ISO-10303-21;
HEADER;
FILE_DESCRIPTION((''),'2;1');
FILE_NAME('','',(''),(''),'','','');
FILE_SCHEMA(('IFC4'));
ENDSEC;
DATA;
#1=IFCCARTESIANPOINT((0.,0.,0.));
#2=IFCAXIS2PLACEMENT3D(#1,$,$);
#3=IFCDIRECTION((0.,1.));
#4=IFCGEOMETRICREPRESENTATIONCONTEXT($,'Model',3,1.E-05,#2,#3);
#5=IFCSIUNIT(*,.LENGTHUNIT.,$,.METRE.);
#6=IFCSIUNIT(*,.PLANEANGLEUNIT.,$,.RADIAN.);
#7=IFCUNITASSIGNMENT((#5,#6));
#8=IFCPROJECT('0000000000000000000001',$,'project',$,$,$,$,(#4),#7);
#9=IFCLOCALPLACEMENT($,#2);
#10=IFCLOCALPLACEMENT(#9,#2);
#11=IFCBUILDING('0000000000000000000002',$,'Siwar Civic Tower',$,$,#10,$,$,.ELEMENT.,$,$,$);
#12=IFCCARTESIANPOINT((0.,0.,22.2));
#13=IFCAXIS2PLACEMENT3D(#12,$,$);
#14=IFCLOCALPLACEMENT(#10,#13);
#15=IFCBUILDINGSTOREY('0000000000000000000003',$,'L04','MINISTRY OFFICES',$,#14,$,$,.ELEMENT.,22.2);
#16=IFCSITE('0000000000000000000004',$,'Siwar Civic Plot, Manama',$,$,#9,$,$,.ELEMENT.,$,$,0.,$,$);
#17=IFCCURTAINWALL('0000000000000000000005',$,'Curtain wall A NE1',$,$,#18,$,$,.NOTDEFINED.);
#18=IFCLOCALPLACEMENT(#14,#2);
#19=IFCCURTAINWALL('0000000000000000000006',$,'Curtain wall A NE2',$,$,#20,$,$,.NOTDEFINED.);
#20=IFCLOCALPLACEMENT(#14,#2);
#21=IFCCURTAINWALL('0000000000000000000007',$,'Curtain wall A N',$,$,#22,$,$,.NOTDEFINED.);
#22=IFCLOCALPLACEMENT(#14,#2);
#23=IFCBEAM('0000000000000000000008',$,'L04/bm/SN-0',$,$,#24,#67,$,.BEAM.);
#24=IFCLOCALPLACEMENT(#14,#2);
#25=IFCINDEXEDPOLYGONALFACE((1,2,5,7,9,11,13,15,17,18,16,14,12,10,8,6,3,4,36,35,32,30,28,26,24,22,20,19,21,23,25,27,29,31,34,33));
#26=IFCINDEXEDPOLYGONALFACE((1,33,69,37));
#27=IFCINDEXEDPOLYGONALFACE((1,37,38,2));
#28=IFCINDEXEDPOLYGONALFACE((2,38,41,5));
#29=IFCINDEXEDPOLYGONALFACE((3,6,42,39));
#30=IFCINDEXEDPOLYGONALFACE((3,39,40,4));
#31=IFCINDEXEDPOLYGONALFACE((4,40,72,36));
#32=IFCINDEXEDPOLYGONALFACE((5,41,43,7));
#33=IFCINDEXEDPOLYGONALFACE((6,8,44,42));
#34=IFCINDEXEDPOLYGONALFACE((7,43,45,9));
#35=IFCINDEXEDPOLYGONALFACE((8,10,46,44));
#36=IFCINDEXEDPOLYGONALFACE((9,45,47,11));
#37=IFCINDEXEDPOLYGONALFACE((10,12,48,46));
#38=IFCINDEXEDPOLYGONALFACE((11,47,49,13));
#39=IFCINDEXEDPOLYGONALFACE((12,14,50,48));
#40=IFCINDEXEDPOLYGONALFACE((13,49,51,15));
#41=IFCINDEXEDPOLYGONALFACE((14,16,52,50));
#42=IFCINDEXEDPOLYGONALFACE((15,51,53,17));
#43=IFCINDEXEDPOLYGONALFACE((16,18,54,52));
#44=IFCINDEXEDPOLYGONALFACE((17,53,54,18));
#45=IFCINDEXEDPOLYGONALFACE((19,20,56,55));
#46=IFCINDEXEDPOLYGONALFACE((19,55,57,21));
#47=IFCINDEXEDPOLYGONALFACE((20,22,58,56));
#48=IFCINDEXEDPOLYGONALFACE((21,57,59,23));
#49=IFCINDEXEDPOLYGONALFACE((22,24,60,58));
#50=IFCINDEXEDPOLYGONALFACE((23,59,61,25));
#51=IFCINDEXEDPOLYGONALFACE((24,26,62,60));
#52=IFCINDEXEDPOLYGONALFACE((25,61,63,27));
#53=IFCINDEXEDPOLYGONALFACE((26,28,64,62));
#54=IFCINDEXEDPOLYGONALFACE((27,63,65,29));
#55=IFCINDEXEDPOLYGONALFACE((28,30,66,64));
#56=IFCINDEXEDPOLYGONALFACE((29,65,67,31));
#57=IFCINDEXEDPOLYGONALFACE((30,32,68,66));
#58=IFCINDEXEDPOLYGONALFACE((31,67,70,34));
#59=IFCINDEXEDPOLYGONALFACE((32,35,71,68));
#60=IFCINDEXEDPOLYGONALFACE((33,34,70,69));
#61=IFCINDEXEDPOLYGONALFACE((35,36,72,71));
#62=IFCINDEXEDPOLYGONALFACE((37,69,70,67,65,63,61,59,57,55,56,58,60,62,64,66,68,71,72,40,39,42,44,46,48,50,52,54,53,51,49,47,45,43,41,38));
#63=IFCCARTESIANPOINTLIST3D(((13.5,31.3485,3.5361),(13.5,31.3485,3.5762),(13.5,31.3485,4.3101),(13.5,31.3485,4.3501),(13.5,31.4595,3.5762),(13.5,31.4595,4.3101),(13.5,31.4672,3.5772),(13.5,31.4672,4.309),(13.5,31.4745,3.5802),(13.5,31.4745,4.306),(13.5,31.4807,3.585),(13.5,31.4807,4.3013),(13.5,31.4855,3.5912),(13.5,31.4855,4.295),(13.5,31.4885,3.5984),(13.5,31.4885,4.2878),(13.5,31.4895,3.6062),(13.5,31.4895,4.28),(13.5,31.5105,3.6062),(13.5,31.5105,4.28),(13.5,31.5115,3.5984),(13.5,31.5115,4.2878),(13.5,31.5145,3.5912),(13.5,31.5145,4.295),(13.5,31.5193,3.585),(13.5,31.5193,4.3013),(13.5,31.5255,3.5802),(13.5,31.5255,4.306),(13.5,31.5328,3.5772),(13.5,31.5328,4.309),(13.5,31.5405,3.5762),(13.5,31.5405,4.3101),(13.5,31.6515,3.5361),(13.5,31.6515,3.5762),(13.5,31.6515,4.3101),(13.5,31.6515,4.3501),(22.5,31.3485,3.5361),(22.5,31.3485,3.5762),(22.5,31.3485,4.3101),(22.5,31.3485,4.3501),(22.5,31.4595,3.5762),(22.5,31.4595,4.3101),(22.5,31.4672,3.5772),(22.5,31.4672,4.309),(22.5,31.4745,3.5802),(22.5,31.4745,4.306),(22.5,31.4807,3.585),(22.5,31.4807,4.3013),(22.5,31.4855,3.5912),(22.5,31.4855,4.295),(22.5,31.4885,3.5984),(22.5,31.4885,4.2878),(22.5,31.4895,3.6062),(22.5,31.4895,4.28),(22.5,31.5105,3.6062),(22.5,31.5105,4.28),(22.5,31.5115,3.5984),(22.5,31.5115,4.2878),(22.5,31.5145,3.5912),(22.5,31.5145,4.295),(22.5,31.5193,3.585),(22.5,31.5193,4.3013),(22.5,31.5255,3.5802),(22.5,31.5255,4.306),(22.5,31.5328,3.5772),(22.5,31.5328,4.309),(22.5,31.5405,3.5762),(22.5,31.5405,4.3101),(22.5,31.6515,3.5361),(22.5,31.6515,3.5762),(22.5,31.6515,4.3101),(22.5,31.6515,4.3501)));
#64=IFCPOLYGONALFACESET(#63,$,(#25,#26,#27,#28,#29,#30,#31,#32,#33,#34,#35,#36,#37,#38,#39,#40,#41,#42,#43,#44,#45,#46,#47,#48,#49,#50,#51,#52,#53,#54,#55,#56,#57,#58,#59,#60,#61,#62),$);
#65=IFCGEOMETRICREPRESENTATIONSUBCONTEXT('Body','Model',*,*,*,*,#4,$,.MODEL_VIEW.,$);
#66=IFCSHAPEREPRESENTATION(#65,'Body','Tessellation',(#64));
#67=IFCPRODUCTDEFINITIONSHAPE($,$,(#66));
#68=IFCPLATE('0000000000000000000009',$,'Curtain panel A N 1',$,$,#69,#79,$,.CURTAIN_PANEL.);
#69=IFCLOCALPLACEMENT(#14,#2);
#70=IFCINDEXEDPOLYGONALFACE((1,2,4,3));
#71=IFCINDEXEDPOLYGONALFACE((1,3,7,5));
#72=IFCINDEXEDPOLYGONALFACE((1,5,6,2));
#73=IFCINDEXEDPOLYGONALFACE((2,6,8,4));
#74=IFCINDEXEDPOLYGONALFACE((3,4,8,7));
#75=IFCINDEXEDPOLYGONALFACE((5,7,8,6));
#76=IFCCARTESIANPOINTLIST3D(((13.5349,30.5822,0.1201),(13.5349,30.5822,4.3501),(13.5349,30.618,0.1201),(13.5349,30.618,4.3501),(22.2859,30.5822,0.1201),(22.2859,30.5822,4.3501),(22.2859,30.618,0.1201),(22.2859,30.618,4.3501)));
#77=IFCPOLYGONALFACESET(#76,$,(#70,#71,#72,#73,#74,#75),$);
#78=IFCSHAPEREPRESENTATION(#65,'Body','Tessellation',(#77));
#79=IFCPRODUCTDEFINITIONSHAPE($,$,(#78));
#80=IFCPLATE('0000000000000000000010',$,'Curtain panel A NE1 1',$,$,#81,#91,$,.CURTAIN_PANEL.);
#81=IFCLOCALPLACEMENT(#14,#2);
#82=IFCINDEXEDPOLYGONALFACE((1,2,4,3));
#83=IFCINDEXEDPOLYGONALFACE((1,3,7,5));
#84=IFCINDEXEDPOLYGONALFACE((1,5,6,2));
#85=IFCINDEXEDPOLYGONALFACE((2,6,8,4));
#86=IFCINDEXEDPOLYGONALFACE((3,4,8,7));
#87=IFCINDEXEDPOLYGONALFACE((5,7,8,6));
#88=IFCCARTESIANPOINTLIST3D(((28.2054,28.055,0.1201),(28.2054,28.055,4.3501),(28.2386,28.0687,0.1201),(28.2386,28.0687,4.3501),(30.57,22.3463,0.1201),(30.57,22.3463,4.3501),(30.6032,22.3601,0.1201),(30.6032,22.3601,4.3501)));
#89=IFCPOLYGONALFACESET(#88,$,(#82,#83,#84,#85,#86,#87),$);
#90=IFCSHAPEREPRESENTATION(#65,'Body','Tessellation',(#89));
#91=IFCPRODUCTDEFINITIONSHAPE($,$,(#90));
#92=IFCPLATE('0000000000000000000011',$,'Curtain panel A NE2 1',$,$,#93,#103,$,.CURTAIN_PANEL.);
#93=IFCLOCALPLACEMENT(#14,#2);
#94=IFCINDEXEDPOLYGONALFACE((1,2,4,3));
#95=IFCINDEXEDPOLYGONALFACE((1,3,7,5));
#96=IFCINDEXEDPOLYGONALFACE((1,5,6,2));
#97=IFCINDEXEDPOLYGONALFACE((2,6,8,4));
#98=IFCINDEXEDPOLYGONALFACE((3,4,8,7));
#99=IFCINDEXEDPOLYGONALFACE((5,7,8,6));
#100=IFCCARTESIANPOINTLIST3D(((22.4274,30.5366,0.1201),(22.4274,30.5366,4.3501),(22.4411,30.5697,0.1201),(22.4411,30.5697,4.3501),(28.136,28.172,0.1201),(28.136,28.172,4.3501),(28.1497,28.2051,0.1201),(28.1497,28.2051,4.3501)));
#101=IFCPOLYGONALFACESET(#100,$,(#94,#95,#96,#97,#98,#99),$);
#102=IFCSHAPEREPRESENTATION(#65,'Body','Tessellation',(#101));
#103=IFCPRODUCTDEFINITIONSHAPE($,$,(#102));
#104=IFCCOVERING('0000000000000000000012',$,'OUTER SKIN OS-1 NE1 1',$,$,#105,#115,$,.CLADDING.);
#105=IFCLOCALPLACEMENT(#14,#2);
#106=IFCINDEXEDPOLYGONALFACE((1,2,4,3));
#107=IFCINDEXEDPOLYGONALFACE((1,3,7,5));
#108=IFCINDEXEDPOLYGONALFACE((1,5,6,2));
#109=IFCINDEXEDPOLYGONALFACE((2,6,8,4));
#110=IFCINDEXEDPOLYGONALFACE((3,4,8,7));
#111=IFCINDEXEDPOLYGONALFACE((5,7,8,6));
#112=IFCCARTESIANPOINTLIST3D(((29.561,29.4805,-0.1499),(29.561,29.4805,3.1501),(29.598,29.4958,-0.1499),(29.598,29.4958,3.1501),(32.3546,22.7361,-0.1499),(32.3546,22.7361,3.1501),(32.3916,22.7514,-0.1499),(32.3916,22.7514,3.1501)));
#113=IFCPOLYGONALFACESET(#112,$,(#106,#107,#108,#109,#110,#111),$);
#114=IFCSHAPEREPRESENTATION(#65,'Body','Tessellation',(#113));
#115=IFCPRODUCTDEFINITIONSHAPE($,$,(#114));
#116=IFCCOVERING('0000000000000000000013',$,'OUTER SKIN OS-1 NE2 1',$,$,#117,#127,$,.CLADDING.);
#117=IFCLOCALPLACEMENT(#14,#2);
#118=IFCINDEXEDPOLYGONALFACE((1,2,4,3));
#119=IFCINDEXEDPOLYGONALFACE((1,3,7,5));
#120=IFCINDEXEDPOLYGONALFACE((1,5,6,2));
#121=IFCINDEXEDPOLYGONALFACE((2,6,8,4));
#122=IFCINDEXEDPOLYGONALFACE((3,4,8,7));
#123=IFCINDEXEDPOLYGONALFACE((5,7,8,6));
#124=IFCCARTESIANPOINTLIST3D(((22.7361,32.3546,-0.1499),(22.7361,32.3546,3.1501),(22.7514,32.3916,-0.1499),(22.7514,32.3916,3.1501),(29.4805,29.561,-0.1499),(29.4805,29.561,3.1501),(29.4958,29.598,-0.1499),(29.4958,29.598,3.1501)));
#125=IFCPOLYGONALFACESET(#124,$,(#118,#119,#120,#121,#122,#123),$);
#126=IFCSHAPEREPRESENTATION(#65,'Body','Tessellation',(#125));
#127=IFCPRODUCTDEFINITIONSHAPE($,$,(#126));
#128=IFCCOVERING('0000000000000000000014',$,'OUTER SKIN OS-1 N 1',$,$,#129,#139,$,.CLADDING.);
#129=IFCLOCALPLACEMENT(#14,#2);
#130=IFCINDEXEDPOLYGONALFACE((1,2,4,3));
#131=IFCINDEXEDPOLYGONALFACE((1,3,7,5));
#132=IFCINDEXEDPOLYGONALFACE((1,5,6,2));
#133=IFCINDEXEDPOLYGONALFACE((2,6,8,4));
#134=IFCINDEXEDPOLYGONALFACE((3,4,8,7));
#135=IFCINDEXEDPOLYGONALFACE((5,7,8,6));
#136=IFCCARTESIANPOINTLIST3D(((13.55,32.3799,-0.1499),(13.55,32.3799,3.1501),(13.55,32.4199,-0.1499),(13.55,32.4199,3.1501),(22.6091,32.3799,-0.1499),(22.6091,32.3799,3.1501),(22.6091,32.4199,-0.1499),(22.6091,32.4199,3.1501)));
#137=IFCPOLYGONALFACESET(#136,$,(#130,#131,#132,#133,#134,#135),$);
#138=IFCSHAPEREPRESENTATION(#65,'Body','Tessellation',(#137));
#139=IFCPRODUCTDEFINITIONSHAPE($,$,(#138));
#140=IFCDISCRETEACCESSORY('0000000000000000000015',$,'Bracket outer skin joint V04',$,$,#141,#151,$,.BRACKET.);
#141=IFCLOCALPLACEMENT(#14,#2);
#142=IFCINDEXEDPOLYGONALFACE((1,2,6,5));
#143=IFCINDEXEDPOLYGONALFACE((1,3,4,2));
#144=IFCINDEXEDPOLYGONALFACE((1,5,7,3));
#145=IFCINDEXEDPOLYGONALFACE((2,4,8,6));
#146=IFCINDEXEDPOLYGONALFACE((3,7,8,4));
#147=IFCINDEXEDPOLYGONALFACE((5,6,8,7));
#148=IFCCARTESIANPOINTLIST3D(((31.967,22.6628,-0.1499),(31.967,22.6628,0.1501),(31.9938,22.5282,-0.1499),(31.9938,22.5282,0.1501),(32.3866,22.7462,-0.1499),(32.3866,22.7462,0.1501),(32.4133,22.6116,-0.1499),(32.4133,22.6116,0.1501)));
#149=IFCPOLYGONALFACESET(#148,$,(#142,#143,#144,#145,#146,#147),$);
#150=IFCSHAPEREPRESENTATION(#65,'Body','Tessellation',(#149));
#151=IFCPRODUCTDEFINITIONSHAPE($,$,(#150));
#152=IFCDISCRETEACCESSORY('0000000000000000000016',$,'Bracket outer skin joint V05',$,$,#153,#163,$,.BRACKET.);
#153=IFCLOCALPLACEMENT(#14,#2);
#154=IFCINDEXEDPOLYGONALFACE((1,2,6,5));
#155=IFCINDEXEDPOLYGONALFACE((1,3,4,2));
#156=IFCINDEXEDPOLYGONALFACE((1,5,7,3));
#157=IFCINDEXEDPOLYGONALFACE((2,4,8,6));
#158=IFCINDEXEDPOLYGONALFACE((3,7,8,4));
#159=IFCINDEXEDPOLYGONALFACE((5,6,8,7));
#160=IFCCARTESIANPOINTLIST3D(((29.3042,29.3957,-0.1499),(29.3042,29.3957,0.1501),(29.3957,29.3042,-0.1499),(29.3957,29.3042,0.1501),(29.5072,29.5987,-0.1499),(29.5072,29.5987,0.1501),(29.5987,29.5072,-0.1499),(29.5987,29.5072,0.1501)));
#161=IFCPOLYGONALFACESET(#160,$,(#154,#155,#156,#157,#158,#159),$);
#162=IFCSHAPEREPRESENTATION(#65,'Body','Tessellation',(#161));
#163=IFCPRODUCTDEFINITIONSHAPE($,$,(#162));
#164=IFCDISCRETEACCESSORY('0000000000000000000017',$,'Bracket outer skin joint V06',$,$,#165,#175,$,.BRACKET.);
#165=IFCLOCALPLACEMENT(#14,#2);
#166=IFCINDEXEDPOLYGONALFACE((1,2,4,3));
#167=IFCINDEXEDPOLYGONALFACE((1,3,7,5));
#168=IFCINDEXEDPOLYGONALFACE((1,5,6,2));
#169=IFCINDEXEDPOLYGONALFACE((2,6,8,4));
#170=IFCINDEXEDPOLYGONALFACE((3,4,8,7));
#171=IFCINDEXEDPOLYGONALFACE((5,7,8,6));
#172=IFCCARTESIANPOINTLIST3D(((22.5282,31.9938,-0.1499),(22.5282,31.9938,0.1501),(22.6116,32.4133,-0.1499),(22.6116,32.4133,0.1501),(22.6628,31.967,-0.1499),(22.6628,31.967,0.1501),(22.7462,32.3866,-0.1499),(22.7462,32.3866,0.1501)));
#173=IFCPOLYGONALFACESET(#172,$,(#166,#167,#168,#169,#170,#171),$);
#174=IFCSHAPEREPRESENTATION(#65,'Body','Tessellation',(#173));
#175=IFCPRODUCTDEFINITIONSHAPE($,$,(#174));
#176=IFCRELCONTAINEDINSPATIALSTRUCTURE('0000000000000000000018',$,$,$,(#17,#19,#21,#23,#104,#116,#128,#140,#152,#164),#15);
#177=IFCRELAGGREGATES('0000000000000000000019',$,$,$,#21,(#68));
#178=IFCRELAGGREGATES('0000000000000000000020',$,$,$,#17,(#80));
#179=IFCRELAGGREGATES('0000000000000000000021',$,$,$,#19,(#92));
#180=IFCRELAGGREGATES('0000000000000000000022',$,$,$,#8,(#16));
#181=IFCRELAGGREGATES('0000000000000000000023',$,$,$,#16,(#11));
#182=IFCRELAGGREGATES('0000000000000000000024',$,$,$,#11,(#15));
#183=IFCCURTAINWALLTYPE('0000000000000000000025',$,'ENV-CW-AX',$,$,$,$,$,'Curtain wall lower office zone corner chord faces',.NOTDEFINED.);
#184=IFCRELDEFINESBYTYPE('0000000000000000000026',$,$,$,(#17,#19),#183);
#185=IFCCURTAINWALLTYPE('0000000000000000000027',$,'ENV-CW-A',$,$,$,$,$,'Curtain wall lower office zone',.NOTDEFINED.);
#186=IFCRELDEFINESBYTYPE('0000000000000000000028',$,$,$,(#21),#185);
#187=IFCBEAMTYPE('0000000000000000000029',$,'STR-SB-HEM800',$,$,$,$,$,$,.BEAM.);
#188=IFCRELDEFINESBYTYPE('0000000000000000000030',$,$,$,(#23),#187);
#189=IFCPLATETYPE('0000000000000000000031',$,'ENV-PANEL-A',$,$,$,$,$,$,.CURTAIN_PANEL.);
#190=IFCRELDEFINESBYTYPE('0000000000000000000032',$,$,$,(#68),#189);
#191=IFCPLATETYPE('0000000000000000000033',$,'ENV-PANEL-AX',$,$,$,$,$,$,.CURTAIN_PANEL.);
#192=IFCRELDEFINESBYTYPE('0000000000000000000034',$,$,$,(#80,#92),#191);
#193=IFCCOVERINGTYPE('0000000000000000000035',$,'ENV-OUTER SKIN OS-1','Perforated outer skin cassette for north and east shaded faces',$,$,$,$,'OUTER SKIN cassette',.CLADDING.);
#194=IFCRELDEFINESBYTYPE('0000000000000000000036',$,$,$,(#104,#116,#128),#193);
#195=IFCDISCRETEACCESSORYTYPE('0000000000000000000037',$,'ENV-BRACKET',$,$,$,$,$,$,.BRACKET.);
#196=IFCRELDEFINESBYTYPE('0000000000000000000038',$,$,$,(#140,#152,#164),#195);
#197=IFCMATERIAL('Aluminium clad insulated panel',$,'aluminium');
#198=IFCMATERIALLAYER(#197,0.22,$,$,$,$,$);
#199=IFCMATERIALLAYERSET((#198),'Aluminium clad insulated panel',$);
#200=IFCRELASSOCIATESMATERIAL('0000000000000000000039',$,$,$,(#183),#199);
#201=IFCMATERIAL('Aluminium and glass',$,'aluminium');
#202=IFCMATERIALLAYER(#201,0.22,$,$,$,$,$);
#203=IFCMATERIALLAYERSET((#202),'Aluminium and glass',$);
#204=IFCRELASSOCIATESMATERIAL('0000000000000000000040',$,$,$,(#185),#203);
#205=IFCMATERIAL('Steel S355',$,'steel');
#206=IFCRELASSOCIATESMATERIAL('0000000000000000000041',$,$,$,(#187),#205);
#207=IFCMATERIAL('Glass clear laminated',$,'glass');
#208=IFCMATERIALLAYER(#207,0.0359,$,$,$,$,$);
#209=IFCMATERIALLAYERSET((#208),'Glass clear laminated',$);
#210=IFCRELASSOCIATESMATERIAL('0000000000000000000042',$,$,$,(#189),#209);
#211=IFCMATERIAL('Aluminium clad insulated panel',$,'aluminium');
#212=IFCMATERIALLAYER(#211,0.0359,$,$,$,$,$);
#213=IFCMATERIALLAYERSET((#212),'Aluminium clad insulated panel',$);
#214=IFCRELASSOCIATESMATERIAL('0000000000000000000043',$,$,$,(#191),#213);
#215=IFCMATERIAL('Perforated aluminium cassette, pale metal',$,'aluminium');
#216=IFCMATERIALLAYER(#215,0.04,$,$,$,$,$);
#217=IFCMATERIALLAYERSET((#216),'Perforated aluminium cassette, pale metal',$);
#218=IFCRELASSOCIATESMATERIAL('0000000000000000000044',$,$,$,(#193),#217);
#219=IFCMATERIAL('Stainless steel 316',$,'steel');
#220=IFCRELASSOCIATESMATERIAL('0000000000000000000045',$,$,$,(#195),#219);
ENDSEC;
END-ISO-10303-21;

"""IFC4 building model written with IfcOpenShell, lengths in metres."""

from ifc_helpers import new_model, si_unit, direction, frame, origin, origin_2d, place, context, subcontext, project, spatial, rectangle, i_section, extrude, material, layer, layer_set, material_profile, profile_set, type_object, element, aggregate, save


model = new_model("IFC4")

# Units and contexts
model_context = context("Model", 3, precision=1e-05, world=origin(), true_north=direction((0.0, 1.0)))
body_context = subcontext(model_context, "Body", "Model", "MODEL_VIEW")
ifc_project = project(units=[si_unit("LENGTHUNIT", "METRE"), si_unit("PLANEANGLEUNIT", "RADIAN")], contexts=[model_context])

# Site, building, storey
site_placement = place(None, origin())
site = spatial("IfcSite", under=ifc_project, at=site_placement, Name="Siwar Civic Plot, Manama", CompositionType="ELEMENT", RefElevation=0.0)
building_placement = place(site_placement, origin())
building = spatial("IfcBuilding", under=site, at=building_placement, Name="Siwar Civic Tower", CompositionType="ELEMENT")
storey_placement = place(building_placement, frame((0.0, 0.0, 22.2)))
storey = spatial("IfcBuildingStorey", under=building, at=storey_placement, Name="L04", Description="MINISTRY OFFICES", CompositionType="ELEMENT", Elevation=22.2)

# Curtain walls
ifc_material_1 = material(Name="Aluminium clad insulated panel", Category="aluminium")
ifc_layer_1 = layer(ifc_material_1, 0.22)
ifc_layer_set_1 = layer_set([ifc_layer_1], Name="Aluminium clad insulated panel")
curtain_wall_type_1 = type_object("IfcCurtainWallType", Name="ENV-CW-AX", ElementType="Curtain wall lower office zone corner chord faces", PredefinedType="NOTDEFINED", material=ifc_layer_set_1)
curtain_wall_1_placement = place(storey_placement, origin())
curtain_wall_1 = element("IfcCurtainWall", 1, at=curtain_wall_1_placement, inside=storey, type_object=curtain_wall_type_1, Name="Curtain wall A NE1", PredefinedType="NOTDEFINED")
curtain_wall_2_placement = place(storey_placement, origin())
curtain_wall_2 = element("IfcCurtainWall", 2, at=curtain_wall_2_placement, inside=storey, type_object=curtain_wall_type_1, Name="Curtain wall A NE2", PredefinedType="NOTDEFINED")
ifc_material_2 = material(Name="Aluminium and glass", Category="aluminium")
ifc_layer_2 = layer(ifc_material_2, 0.22)
ifc_layer_set_2 = layer_set([ifc_layer_2], Name="Aluminium and glass")
curtain_wall_type_2 = type_object("IfcCurtainWallType", Name="ENV-CW-A", ElementType="Curtain wall lower office zone", PredefinedType="NOTDEFINED", material=ifc_layer_set_2)
curtain_wall_3_placement = place(storey_placement, origin())
curtain_wall_3 = element("IfcCurtainWall", 3, at=curtain_wall_3_placement, inside=storey, type_object=curtain_wall_type_2, Name="Curtain wall A N", PredefinedType="NOTDEFINED")

# Beam
ifc_material_3 = material(Name="Steel S355", Category="steel")
ifc_material_profile_1 = material_profile(ifc_material_3, i_section(OverallWidth=0.303, OverallDepth=0.814, WebThickness=0.021, FlangeThickness=0.04, FilletRadius=0.03, at=origin_2d()), Name="HEM800")
ifc_profile_set_1 = profile_set([ifc_material_profile_1], Name="Steel S355")
beam_type_1 = type_object("IfcBeamType", Name="STR-SB-HEM800", PredefinedType="BEAM", material=ifc_profile_set_1)
beam_1_placement = place(storey_placement, frame((22.5, 31.5, 3.9431), z_axis=(-1.0, 0.0, 0.0), x_axis=(0.0, -1.0, 0.0)))
element("IfcBeam", 4, at=beam_1_placement, inside=storey, type_object=beam_type_1, Name="L04/bm/SN-0", PredefinedType="BEAM", context=body_context, shape_type="SweptSolid", body=[
    extrude(i_section(OverallWidth=0.303, OverallDepth=0.814, WebThickness=0.021, FlangeThickness=0.04, FilletRadius=0.03, at=origin_2d()), origin(), (0.0, 0.0, 1.0), 9.0),
])

# Plates
ifc_material_4 = material(Name="Glass clear laminated", Category="glass")
ifc_layer_3 = layer(ifc_material_4, 0.0359)
ifc_layer_set_3 = layer_set([ifc_layer_3], Name="Glass clear laminated")
plate_type_1 = type_object("IfcPlateType", Name="ENV-PANEL-A", PredefinedType="CURTAIN_PANEL", material=ifc_layer_set_3)
plate_1_placement = place(storey_placement, frame((17.9104, 30.6001, 0.1201), z_axis=(0.0, 0.0, 1.0), x_axis=(-1.0, 0.0, 0.0)))
plate_1 = element("IfcPlate", 5, at=plate_1_placement, type_object=plate_type_1, Name="Curtain panel A N 1", PredefinedType="CURTAIN_PANEL", context=body_context, shape_type="SweptSolid", body=[
    extrude(rectangle(XDim=8.751, YDim=0.0359, at=origin_2d()), origin(), (0.0, 0.0, 1.0), 4.23),
])
aggregate(curtain_wall_3, [plate_1])
ifc_material_5 = material(Name="Aluminium clad insulated panel", Category="aluminium")
ifc_layer_4 = layer(ifc_material_5, 0.0359)
ifc_layer_set_4 = layer_set([ifc_layer_4], Name="Aluminium clad insulated panel")
plate_type_2 = type_object("IfcPlateType", Name="ENV-PANEL-AX", PredefinedType="CURTAIN_PANEL", material=ifc_layer_set_4)
plate_2_placement = place(storey_placement, frame((29.4043, 25.2075, 0.1201), z_axis=(0.0, 0.0, 1.0), x_axis=(-0.382683, 0.92388, 0.0)))
plate_2 = element("IfcPlate", 6, at=plate_2_placement, type_object=plate_type_2, Name="Curtain panel A NE1 1", PredefinedType="CURTAIN_PANEL", context=body_context, shape_type="SweptSolid", body=[
    extrude(rectangle(XDim=6.179, YDim=0.0359, at=origin_2d()), origin(), (0.0, 0.0, 1.0), 4.23),
])
aggregate(curtain_wall_1, [plate_2])
plate_3_placement = place(storey_placement, frame((25.2886, 29.3708, 0.1201), z_axis=(0.0, 0.0, 1.0), x_axis=(-0.92388, 0.382683, 0.0)))
plate_3 = element("IfcPlate", 7, at=plate_3_placement, type_object=plate_type_2, Name="Curtain panel A NE2 1", PredefinedType="CURTAIN_PANEL", context=body_context, shape_type="SweptSolid", body=[
    extrude(rectangle(XDim=6.179, YDim=0.0359, at=origin_2d()), origin(), (0.0, 0.0, 1.0), 4.23),
])
aggregate(curtain_wall_2, [plate_3])

# Coverings
ifc_material_6 = material(Name="Perforated aluminium cassette, pale metal", Category="aluminium")
ifc_layer_5 = layer(ifc_material_6, 0.04)
ifc_layer_set_5 = layer_set([ifc_layer_5], Name="Perforated aluminium cassette, pale metal")
covering_type = type_object("IfcCoveringType", Name="ENV-OUTER SKIN OS-1", Description="Perforated outer skin cassette for north and east shaded faces", ElementType="OUTER SKIN cassette", PredefinedType="CLADDING", material=ifc_layer_set_5)
for number, where, z_axis, x_axis, name in (
    (8, (30.9763, 26.116, -0.1499), (0.0, 0.0, 1.0), (-0.382683, 0.92388, 0.0), "OUTER SKIN OS-1 NE1 1"),
    (9, (26.116, 30.9763, -0.1499), (0.0, 0.0, 1.0), (-0.92388, 0.382683, 0.0), "OUTER SKIN OS-1 NE2 1"),
):
    element("IfcCovering", number, at=place(storey_placement, frame(where, z_axis=z_axis, x_axis=x_axis)), inside=storey, type_object=covering_type, Name=name, PredefinedType="CLADDING", context=body_context, shape_type="SweptSolid", body=[
        extrude(rectangle(XDim=7.3, YDim=0.04, at=origin_2d()), origin(), (0.0, 0.0, 1.0), 3.3),
    ])
covering_placement = place(storey_placement, frame((18.0796, 32.3999, -0.1499), z_axis=(0.0, 0.0, 1.0), x_axis=(-1.0, 0.0, 0.0)))
element("IfcCovering", 10, at=covering_placement, inside=storey, type_object=covering_type, Name="OUTER SKIN OS-1 N 1", PredefinedType="CLADDING", context=body_context, shape_type="SweptSolid", body=[
    extrude(rectangle(XDim=9.0591, YDim=0.04, at=origin_2d()), origin(), (0.0, 0.0, 1.0), 3.3),
])

# Discrete accessories
ifc_material_7 = material(Name="Stainless steel 316", Category="steel")
discrete_accessory_type = type_object("IfcDiscreteAccessoryType", Name="ENV-BRACKET", PredefinedType="BRACKET", material=ifc_material_7)
discrete_accessory_1_placement = place(storey_placement, frame((32.1902, 22.6372, -0.1499), z_axis=(0.0, 0.0, 1.0), x_axis=(0.980785, 0.19509, 0.0)))
element("IfcDiscreteAccessory", 11, at=discrete_accessory_1_placement, inside=storey, type_object=discrete_accessory_type, Name="Bracket outer skin joint V04", PredefinedType="BRACKET", context=body_context, shape_type="SweptSolid", body=[
    extrude(rectangle(XDim=0.4277, YDim=0.1372, at=origin_2d()), origin(), (0.0, 0.0, 1.0), 0.3),
])
discrete_accessory_2_placement = place(storey_placement, frame((29.4514, 29.4514, -0.1499), z_axis=(0.0, 0.0, 1.0), x_axis=(0.707107, 0.707107, 0.0)))
element("IfcDiscreteAccessory", 12, at=discrete_accessory_2_placement, inside=storey, type_object=discrete_accessory_type, Name="Bracket outer skin joint V05", PredefinedType="BRACKET", context=body_context, shape_type="SweptSolid", body=[
    extrude(rectangle(XDim=0.2871, YDim=0.1294, at=origin_2d()), origin(), (0.0, 0.0, 1.0), 0.3),
])
discrete_accessory_3_placement = place(storey_placement, frame((22.6372, 32.1902, -0.1499), z_axis=(0.0, 0.0, 1.0), x_axis=(0.19509, 0.980785, 0.0)))
element("IfcDiscreteAccessory", 13, at=discrete_accessory_3_placement, inside=storey, type_object=discrete_accessory_type, Name="Bracket outer skin joint V06", PredefinedType="BRACKET", context=body_context, shape_type="SweptSolid", body=[
    extrude(rectangle(XDim=0.4277, YDim=0.1372, at=origin_2d()), origin(), (0.0, 0.0, 1.0), 0.3),
])

save(model, "model.ifc")
